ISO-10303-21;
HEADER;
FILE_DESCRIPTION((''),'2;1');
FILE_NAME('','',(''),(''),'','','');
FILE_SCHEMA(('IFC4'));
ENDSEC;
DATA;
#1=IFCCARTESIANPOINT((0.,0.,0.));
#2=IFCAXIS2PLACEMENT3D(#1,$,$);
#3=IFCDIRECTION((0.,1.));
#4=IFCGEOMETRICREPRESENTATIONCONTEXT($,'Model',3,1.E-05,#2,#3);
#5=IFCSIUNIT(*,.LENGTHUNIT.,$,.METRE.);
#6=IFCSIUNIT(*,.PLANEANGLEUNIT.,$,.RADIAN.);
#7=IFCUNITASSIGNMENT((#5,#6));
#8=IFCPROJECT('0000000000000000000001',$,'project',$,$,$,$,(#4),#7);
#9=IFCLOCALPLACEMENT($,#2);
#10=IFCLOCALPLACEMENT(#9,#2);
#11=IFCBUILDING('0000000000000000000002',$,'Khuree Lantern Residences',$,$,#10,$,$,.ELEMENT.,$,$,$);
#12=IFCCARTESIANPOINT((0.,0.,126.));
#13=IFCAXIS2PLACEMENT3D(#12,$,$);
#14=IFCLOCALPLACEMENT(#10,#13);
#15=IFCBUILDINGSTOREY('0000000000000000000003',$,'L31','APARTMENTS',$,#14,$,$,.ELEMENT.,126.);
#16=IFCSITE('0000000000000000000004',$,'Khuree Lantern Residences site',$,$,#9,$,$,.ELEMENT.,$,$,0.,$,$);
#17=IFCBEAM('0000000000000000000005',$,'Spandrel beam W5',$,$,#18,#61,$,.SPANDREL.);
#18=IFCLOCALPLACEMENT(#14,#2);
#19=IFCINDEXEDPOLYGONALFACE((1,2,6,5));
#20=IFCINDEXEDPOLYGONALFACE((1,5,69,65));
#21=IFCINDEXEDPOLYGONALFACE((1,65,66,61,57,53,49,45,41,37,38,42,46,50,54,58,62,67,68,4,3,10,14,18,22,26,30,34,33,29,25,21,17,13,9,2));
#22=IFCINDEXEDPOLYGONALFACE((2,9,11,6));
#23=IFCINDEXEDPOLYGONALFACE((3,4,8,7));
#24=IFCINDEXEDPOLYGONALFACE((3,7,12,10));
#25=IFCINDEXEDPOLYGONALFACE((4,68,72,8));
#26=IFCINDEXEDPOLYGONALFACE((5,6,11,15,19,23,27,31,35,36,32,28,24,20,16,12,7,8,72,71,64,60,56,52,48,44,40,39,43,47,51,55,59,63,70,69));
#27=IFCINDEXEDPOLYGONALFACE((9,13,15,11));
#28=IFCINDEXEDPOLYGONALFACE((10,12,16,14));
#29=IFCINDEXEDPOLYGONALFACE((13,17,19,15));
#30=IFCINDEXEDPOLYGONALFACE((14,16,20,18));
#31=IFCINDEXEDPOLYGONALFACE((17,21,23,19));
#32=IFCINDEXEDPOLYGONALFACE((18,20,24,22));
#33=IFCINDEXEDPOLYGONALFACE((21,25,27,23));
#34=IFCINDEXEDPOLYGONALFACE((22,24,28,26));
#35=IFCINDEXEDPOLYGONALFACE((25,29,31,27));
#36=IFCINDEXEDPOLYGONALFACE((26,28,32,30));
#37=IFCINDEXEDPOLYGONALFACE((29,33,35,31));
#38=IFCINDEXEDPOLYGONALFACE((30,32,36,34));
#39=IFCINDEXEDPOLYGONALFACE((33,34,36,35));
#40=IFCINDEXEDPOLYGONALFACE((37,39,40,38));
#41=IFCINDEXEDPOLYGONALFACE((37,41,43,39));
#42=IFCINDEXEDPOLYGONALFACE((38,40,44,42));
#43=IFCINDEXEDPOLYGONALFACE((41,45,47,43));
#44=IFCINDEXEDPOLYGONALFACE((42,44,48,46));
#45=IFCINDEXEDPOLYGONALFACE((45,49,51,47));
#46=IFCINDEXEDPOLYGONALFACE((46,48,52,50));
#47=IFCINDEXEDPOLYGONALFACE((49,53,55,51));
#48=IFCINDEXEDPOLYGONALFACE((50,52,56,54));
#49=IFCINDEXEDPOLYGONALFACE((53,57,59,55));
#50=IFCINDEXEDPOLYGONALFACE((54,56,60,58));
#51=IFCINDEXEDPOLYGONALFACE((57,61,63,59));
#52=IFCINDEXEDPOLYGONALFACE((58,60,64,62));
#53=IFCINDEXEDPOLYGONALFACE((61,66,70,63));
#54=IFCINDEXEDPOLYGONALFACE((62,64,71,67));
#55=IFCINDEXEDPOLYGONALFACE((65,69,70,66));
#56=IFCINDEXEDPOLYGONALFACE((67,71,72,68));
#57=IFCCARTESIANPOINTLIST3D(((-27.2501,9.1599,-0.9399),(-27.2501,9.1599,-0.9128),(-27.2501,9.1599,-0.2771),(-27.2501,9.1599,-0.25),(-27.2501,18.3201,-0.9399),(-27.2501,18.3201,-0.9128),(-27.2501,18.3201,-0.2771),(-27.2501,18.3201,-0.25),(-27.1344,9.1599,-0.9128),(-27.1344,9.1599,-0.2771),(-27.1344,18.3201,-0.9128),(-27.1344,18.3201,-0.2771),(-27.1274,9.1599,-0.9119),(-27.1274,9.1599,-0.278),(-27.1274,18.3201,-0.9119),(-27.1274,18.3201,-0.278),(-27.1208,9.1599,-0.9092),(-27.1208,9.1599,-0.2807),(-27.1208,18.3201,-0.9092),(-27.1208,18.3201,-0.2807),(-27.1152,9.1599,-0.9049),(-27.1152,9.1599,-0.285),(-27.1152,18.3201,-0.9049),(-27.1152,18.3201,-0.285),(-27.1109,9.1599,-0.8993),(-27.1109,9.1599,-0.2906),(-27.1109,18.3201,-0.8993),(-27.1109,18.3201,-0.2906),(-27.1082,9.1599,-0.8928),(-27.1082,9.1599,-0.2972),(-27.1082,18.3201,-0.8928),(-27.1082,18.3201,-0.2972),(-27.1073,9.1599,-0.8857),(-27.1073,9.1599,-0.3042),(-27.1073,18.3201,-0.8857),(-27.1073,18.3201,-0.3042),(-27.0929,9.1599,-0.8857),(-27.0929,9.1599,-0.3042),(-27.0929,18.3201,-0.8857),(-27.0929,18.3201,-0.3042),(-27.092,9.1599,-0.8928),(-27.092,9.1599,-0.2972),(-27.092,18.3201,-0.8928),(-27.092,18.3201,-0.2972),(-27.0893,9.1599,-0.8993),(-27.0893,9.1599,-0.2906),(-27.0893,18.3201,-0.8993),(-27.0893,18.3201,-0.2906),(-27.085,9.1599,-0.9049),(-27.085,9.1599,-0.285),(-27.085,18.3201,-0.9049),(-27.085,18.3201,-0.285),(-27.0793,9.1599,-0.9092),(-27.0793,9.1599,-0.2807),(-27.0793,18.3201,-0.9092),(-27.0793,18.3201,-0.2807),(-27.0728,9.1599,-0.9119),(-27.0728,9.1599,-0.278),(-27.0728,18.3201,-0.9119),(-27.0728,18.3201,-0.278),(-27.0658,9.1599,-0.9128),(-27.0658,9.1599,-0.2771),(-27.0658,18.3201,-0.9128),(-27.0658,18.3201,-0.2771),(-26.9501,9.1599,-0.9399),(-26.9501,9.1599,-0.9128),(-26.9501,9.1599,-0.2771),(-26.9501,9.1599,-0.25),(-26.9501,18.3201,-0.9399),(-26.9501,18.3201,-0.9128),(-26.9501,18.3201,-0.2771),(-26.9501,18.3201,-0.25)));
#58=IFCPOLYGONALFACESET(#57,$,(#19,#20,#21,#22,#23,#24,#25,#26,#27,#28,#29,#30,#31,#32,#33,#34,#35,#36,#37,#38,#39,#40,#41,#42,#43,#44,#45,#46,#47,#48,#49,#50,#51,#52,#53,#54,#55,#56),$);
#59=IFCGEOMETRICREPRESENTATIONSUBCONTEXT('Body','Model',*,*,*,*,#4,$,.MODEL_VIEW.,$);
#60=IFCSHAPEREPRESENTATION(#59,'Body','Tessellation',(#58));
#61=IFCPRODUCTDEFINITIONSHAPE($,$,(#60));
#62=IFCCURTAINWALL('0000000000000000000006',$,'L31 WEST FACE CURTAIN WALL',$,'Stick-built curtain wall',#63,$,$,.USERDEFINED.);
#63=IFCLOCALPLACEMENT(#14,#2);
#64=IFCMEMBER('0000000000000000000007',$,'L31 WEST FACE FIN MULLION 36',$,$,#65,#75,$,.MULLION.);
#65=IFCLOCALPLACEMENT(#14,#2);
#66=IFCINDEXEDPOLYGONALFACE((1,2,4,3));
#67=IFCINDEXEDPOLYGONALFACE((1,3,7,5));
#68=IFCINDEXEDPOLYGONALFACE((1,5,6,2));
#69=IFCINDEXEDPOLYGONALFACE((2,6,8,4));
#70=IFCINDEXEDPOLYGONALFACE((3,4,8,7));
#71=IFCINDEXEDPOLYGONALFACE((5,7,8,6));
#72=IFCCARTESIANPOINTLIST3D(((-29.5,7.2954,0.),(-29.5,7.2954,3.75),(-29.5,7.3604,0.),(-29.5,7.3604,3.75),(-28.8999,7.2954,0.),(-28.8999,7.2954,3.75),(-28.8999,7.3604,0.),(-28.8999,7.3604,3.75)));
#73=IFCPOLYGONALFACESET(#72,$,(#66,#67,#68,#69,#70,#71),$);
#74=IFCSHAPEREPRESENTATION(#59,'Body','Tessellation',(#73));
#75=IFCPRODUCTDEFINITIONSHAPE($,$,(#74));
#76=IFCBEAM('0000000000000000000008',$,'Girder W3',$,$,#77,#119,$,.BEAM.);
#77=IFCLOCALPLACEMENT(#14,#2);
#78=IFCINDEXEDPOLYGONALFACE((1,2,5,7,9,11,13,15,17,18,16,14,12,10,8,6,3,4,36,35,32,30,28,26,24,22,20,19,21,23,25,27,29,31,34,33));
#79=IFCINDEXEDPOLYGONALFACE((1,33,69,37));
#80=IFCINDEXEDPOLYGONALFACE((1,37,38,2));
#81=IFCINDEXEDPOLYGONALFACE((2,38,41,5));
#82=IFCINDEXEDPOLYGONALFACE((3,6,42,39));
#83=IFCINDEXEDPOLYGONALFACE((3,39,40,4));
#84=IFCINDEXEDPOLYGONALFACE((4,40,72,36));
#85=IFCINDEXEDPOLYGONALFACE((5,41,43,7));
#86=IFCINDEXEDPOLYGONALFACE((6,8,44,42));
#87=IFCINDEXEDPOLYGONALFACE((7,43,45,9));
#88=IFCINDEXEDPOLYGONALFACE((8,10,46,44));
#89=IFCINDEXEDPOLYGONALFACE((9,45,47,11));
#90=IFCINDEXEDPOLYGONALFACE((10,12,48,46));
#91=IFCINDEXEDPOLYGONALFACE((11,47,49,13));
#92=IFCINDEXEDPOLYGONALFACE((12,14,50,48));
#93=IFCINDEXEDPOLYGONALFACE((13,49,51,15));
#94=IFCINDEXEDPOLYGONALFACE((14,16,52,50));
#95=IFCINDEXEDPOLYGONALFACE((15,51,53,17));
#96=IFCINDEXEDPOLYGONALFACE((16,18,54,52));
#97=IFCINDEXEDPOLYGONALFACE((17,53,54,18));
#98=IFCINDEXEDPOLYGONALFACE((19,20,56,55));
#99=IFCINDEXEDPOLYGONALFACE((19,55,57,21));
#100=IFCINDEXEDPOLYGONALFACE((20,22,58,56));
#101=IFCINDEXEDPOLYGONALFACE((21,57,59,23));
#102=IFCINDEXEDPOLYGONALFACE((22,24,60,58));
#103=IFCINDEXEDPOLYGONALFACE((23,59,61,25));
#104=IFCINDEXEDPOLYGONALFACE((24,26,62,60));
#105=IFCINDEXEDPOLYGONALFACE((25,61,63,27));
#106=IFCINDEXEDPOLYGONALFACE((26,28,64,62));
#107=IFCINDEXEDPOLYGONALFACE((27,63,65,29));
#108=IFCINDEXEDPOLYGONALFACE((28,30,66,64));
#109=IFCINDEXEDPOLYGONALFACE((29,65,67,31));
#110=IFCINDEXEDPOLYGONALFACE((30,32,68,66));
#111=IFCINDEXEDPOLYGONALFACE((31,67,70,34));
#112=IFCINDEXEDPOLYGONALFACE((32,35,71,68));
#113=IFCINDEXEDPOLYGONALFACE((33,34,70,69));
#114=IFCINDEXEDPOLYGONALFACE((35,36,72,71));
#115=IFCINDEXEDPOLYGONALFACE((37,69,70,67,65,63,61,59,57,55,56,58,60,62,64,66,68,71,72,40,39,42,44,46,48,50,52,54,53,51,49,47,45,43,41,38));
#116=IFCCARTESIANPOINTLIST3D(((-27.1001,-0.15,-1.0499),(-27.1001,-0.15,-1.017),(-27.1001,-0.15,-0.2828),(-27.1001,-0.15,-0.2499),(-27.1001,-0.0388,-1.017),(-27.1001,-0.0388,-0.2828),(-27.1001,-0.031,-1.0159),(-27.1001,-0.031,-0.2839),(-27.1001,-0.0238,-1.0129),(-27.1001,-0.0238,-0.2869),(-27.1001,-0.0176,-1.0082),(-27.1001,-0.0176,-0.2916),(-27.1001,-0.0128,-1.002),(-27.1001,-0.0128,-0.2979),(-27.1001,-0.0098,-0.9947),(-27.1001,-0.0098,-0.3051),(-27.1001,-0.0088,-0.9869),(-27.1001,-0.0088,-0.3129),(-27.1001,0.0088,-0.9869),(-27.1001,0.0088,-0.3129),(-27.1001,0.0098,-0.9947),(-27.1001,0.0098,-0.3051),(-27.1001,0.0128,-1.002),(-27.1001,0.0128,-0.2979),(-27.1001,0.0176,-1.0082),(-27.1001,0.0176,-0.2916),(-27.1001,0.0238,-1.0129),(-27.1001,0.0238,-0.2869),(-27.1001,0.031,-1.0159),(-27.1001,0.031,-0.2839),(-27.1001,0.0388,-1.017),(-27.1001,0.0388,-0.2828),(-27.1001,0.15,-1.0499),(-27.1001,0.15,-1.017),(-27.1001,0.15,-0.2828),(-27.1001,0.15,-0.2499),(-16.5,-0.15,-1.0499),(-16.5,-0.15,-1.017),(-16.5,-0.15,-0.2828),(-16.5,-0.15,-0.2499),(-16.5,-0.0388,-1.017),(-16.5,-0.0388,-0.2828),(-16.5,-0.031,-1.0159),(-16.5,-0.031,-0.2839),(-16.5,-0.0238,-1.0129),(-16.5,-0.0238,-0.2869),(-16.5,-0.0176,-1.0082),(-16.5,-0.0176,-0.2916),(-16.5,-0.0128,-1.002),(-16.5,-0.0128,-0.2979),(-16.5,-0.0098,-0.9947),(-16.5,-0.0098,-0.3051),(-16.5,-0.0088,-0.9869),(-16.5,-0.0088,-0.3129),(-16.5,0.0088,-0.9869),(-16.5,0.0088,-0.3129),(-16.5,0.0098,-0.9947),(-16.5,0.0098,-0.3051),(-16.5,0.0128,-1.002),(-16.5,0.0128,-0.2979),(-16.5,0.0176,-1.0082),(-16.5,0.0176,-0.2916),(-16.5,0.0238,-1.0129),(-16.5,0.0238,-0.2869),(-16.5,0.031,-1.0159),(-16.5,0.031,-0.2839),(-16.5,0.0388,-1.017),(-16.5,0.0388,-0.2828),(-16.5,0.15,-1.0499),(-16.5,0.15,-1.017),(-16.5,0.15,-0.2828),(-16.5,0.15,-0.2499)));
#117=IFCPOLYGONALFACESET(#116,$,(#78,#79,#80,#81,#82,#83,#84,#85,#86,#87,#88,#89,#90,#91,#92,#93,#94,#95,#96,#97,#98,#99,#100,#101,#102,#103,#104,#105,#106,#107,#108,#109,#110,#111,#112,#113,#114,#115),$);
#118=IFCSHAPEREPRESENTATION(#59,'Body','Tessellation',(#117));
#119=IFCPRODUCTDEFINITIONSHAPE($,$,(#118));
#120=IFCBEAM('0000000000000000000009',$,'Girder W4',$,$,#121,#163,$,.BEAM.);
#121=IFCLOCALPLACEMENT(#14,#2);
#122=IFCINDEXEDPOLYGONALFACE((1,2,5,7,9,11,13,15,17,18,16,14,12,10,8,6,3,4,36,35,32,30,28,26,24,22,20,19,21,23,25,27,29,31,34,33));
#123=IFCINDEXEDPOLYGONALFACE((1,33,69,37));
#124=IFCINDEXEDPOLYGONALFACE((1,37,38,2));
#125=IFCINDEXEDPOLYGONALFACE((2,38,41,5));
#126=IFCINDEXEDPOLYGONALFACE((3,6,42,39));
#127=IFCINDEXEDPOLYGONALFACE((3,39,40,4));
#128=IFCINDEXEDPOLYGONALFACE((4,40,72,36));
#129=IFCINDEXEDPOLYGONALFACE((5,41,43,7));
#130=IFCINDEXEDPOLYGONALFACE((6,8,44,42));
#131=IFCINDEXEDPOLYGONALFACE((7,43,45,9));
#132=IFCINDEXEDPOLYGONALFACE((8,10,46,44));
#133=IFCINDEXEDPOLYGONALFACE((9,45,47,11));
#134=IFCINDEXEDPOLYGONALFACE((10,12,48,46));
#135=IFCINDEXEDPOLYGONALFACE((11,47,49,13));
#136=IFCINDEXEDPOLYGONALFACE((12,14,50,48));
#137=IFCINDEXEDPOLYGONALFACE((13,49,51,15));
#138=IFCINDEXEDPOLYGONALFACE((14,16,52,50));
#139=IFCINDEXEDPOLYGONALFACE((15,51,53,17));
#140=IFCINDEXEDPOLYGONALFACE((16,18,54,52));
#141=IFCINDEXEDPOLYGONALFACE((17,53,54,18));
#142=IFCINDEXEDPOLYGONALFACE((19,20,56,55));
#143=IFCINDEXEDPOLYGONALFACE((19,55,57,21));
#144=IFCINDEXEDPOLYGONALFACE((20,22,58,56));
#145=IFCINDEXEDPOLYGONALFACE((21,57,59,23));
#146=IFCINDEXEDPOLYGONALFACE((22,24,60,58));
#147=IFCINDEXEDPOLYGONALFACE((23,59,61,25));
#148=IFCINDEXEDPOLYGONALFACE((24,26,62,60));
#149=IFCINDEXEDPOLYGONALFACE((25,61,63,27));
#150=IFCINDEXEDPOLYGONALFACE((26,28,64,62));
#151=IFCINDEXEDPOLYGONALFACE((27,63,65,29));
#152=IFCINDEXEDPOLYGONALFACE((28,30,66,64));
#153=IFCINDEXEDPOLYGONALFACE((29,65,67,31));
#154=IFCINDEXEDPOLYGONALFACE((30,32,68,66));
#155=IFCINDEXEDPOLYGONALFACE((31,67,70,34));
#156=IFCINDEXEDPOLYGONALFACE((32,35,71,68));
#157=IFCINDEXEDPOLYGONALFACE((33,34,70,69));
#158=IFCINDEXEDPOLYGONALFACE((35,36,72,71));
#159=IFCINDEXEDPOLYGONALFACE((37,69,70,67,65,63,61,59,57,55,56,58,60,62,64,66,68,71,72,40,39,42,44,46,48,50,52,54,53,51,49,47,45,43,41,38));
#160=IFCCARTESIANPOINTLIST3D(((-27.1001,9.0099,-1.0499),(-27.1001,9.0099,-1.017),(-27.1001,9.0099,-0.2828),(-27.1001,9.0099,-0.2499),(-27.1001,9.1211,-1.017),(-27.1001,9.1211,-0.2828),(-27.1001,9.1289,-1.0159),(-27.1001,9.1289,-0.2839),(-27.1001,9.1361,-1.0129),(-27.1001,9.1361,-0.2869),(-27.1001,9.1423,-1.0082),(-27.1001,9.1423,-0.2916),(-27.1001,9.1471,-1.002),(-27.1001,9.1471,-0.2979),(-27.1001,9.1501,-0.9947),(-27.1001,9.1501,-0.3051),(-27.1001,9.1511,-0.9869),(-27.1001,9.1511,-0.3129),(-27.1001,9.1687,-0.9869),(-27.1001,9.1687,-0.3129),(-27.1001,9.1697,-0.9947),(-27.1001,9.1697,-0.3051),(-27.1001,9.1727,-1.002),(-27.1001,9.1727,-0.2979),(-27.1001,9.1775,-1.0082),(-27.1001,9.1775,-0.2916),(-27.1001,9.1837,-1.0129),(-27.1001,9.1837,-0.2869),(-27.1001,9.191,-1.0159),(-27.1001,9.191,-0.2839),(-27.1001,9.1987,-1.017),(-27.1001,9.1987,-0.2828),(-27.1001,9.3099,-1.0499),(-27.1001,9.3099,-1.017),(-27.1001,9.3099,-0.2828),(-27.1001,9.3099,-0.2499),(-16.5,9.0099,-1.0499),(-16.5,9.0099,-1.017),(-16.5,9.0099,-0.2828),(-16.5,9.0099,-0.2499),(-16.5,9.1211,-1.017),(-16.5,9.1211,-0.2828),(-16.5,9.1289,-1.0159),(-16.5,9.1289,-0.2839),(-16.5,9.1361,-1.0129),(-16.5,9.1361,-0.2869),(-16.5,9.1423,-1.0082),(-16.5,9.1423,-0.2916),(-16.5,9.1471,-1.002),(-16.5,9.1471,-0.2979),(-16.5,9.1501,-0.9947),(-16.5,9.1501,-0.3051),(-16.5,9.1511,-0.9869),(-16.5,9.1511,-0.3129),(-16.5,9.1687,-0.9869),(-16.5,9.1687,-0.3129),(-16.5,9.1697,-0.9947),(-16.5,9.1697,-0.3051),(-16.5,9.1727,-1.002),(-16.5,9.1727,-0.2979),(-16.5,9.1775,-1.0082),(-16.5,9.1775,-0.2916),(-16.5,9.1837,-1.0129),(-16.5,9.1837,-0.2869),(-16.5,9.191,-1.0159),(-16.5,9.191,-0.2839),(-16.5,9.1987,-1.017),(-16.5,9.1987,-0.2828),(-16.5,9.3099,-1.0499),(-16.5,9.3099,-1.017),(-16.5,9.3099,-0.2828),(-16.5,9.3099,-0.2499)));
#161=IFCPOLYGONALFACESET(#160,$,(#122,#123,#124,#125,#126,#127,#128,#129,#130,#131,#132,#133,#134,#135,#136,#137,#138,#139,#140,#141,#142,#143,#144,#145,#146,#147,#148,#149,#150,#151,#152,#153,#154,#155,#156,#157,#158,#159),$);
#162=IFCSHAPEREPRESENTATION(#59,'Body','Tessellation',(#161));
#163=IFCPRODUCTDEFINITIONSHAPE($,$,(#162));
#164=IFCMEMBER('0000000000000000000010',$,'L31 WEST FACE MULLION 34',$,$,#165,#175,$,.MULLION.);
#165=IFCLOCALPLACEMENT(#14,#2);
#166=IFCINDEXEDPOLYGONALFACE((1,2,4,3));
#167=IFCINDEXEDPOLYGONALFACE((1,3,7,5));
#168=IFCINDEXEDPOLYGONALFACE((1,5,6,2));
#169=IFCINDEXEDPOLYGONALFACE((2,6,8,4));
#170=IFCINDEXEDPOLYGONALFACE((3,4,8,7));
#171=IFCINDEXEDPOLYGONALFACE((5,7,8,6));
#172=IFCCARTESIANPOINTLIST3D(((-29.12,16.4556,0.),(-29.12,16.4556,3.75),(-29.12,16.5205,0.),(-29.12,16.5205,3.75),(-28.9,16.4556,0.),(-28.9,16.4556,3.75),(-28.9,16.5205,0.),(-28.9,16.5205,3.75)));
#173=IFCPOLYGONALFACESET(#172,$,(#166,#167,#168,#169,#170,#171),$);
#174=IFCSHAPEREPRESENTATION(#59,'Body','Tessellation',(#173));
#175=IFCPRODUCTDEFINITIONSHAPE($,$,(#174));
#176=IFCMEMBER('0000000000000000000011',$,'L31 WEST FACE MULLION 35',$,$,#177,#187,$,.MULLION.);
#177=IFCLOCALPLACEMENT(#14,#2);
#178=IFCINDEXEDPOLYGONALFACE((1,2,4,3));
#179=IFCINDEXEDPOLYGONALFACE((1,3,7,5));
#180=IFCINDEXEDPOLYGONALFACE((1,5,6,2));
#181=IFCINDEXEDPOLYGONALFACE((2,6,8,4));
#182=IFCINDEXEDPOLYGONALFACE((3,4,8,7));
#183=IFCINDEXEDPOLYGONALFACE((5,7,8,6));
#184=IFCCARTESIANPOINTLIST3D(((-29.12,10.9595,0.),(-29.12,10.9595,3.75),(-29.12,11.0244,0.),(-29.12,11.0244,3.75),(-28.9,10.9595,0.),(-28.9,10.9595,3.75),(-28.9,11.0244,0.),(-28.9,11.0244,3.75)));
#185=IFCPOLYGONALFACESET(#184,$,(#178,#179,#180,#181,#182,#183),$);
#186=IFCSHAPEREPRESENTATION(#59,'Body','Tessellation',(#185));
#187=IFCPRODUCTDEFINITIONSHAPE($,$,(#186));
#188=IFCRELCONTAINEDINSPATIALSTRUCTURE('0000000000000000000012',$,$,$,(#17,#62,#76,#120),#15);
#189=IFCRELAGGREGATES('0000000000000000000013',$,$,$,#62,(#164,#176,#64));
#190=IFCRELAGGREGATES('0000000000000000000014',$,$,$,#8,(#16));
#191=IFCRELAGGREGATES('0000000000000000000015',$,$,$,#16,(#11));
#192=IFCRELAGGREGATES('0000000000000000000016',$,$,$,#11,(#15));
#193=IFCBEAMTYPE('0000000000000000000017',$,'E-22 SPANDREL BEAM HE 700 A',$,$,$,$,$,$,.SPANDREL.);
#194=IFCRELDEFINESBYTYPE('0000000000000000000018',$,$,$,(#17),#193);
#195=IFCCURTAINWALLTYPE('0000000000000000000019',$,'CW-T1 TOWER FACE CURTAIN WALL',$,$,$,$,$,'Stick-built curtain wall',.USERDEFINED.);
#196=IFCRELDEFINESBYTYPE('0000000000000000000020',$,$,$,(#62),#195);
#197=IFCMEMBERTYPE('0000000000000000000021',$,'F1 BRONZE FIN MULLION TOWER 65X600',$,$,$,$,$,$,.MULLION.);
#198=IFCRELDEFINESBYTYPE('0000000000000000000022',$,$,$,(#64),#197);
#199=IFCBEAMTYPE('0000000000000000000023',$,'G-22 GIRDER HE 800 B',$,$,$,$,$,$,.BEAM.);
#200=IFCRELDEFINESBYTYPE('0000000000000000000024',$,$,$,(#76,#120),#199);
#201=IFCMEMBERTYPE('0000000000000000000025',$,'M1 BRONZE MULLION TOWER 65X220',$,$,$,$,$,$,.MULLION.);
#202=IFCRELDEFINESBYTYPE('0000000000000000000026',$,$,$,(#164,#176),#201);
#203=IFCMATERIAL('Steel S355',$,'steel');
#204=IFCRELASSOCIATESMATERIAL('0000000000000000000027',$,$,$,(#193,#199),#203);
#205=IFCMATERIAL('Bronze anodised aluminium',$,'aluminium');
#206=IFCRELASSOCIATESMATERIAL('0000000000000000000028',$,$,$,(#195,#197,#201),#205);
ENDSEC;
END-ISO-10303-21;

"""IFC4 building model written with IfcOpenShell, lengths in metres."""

from ifc_helpers import new_model, si_unit, direction, frame, origin, origin_2d, place, context, subcontext, project, spatial, rectangle, i_section, extrude, material, material_profile, profile_set, type_object, element, aggregate, save


model = new_model("IFC4")

# Units and contexts
model_context = context("Model", 3, precision=1e-05, world=origin(), true_north=direction((0.0, 1.0)))
body_context = subcontext(model_context, "Body", "Model", "MODEL_VIEW")
ifc_project = project(units=[si_unit("LENGTHUNIT", "METRE"), si_unit("PLANEANGLEUNIT", "RADIAN")], contexts=[model_context])

# Site, building, storey
site_placement = place(None, origin())
site = spatial("IfcSite", under=ifc_project, at=site_placement, Name="Khuree Lantern Residences site", CompositionType="ELEMENT", RefElevation=0.0)
building_placement = place(site_placement, origin())
building = spatial("IfcBuilding", under=site, at=building_placement, Name="Khuree Lantern Residences", CompositionType="ELEMENT")
storey_placement = place(building_placement, frame((0.0, 0.0, 126.0)))
storey = spatial("IfcBuildingStorey", under=building, at=storey_placement, Name="L31", Description="APARTMENTS", CompositionType="ELEMENT", Elevation=126.0)

# Beam
ifc_material_1 = material(Name="Steel S355", Category="steel")
ifc_material_profile_1 = material_profile(ifc_material_1, i_section(OverallWidth=0.3, OverallDepth=0.6899, WebThickness=0.0144, FlangeThickness=0.0271, FilletRadius=0.0271, at=origin_2d()), Name="HE 700 A")
ifc_profile_set_1 = profile_set([ifc_material_profile_1], Name="Steel S355")
beam_type_1 = type_object("IfcBeamType", Name="E-22 SPANDREL BEAM HE 700 A", PredefinedType="SPANDREL", material=ifc_profile_set_1)
beam_1_placement = place(storey_placement, frame((-27.1001, 9.1599, -0.595), z_axis=(0.0, 1.0, 0.0), x_axis=(-1.0, 0.0, 0.0)))
element("IfcBeam", 1, at=beam_1_placement, inside=storey, type_object=beam_type_1, Name="Spandrel beam W5", PredefinedType="SPANDREL", context=body_context, shape_type="SweptSolid", body=[
    extrude(i_section(OverallWidth=0.3, OverallDepth=0.6899, WebThickness=0.0144, FlangeThickness=0.0271, FilletRadius=0.0271, at=origin_2d()), origin(), (0.0, 0.0, 1.0), 9.1602),
])

# Curtain wall, member
ifc_material_2 = material(Name="Bronze anodised aluminium", Category="aluminium")
curtain_wall_type = type_object("IfcCurtainWallType", Name="CW-T1 TOWER FACE CURTAIN WALL", ElementType="Stick-built curtain wall", PredefinedType="USERDEFINED", material=ifc_material_2)
curtain_wall_placement = place(storey_placement, origin())
curtain_wall = element("IfcCurtainWall", 2, at=curtain_wall_placement, inside=storey, type_object=curtain_wall_type, Name="L31 WEST FACE CURTAIN WALL", ObjectType="Stick-built curtain wall", PredefinedType="USERDEFINED")
ifc_material_profile_2 = material_profile(ifc_material_2, rectangle(XDim=0.0649, YDim=0.6001, at=origin_2d()), Name="F1 65X600")
ifc_profile_set_2 = profile_set([ifc_material_profile_2], Name="Bronze anodised aluminium")
member_type_1 = type_object("IfcMemberType", Name="F1 BRONZE FIN MULLION TOWER 65X600", PredefinedType="MULLION", material=ifc_profile_set_2)
member_1_placement = place(storey_placement, frame((-29.2, 7.3279, 0.0), z_axis=(0.0, 0.0, 1.0), x_axis=(0.0, -1.0, 0.0)))
member_1 = element("IfcMember", 3, at=member_1_placement, type_object=member_type_1, Name="L31 WEST FACE FIN MULLION 36", PredefinedType="MULLION", context=body_context, shape_type="SweptSolid", body=[
    extrude(rectangle(XDim=0.0649, YDim=0.6001, at=origin_2d()), origin(), (0.0, 0.0, 1.0), 3.75),
])

# Beams
ifc_material_profile_3 = material_profile(ifc_material_1, i_section(OverallWidth=0.3, OverallDepth=0.8, WebThickness=0.0176, FlangeThickness=0.033, FilletRadius=0.03, at=origin_2d()), Name="HE 800 B")
ifc_profile_set_3 = profile_set([ifc_material_profile_3], Name="Steel S355")
beam_type_2 = type_object("IfcBeamType", Name="G-22 GIRDER HE 800 B", PredefinedType="BEAM", material=ifc_profile_set_3)
for number, where, z_axis, x_axis, name in (
    (4, (-27.1001, 0.0, -0.6499), (1.0, 0.0, 0.0), (0.0, 1.0, 0.0), "Girder W3"),
    (5, (-27.1001, 9.1599, -0.6499), (1.0, 0.0, 0.0), (0.0, 1.0, 0.0), "Girder W4"),
):
    element("IfcBeam", number, at=place(storey_placement, frame(where, z_axis=z_axis, x_axis=x_axis)), inside=storey, type_object=beam_type_2, Name=name, PredefinedType="BEAM", context=body_context, shape_type="SweptSolid", body=[
        extrude(i_section(OverallWidth=0.3, OverallDepth=0.8, WebThickness=0.0176, FlangeThickness=0.033, FilletRadius=0.03, at=origin_2d()), origin(), (0.0, 0.0, 1.0), 10.6001),
    ])

# Members
ifc_material_profile_4 = material_profile(ifc_material_2, rectangle(XDim=0.0649, YDim=0.22, at=origin_2d()), Name="M1 65X220")
ifc_profile_set_4 = profile_set([ifc_material_profile_4], Name="Bronze anodised aluminium")
member_type_2 = type_object("IfcMemberType", Name="M1 BRONZE MULLION TOWER 65X220", PredefinedType="MULLION", material=ifc_profile_set_4)
member_2_placement = place(storey_placement, frame((-29.01, 16.488, 0.0), z_axis=(0.0, 0.0, 1.0), x_axis=(0.0, -1.0, 0.0)))
member_2 = element("IfcMember", 6, at=member_2_placement, type_object=member_type_2, Name="L31 WEST FACE MULLION 34", PredefinedType="MULLION", context=body_context, shape_type="SweptSolid", body=[
    extrude(rectangle(XDim=0.0649, YDim=0.22, at=origin_2d()), origin(), (0.0, 0.0, 1.0), 3.75),
])
member_3_placement = place(storey_placement, frame((-29.01, 10.9919, 0.0), z_axis=(0.0, 0.0, 1.0), x_axis=(0.0, -1.0, 0.0)))
member_3 = element("IfcMember", 7, at=member_3_placement, type_object=member_type_2, Name="L31 WEST FACE MULLION 35", PredefinedType="MULLION", context=body_context, shape_type="SweptSolid", body=[
    extrude(rectangle(XDim=0.0649, YDim=0.22, at=origin_2d()), origin(), (0.0, 0.0, 1.0), 3.75),
])

aggregate(curtain_wall, [member_2, member_3, member_1])

save(model, "model.ifc")
